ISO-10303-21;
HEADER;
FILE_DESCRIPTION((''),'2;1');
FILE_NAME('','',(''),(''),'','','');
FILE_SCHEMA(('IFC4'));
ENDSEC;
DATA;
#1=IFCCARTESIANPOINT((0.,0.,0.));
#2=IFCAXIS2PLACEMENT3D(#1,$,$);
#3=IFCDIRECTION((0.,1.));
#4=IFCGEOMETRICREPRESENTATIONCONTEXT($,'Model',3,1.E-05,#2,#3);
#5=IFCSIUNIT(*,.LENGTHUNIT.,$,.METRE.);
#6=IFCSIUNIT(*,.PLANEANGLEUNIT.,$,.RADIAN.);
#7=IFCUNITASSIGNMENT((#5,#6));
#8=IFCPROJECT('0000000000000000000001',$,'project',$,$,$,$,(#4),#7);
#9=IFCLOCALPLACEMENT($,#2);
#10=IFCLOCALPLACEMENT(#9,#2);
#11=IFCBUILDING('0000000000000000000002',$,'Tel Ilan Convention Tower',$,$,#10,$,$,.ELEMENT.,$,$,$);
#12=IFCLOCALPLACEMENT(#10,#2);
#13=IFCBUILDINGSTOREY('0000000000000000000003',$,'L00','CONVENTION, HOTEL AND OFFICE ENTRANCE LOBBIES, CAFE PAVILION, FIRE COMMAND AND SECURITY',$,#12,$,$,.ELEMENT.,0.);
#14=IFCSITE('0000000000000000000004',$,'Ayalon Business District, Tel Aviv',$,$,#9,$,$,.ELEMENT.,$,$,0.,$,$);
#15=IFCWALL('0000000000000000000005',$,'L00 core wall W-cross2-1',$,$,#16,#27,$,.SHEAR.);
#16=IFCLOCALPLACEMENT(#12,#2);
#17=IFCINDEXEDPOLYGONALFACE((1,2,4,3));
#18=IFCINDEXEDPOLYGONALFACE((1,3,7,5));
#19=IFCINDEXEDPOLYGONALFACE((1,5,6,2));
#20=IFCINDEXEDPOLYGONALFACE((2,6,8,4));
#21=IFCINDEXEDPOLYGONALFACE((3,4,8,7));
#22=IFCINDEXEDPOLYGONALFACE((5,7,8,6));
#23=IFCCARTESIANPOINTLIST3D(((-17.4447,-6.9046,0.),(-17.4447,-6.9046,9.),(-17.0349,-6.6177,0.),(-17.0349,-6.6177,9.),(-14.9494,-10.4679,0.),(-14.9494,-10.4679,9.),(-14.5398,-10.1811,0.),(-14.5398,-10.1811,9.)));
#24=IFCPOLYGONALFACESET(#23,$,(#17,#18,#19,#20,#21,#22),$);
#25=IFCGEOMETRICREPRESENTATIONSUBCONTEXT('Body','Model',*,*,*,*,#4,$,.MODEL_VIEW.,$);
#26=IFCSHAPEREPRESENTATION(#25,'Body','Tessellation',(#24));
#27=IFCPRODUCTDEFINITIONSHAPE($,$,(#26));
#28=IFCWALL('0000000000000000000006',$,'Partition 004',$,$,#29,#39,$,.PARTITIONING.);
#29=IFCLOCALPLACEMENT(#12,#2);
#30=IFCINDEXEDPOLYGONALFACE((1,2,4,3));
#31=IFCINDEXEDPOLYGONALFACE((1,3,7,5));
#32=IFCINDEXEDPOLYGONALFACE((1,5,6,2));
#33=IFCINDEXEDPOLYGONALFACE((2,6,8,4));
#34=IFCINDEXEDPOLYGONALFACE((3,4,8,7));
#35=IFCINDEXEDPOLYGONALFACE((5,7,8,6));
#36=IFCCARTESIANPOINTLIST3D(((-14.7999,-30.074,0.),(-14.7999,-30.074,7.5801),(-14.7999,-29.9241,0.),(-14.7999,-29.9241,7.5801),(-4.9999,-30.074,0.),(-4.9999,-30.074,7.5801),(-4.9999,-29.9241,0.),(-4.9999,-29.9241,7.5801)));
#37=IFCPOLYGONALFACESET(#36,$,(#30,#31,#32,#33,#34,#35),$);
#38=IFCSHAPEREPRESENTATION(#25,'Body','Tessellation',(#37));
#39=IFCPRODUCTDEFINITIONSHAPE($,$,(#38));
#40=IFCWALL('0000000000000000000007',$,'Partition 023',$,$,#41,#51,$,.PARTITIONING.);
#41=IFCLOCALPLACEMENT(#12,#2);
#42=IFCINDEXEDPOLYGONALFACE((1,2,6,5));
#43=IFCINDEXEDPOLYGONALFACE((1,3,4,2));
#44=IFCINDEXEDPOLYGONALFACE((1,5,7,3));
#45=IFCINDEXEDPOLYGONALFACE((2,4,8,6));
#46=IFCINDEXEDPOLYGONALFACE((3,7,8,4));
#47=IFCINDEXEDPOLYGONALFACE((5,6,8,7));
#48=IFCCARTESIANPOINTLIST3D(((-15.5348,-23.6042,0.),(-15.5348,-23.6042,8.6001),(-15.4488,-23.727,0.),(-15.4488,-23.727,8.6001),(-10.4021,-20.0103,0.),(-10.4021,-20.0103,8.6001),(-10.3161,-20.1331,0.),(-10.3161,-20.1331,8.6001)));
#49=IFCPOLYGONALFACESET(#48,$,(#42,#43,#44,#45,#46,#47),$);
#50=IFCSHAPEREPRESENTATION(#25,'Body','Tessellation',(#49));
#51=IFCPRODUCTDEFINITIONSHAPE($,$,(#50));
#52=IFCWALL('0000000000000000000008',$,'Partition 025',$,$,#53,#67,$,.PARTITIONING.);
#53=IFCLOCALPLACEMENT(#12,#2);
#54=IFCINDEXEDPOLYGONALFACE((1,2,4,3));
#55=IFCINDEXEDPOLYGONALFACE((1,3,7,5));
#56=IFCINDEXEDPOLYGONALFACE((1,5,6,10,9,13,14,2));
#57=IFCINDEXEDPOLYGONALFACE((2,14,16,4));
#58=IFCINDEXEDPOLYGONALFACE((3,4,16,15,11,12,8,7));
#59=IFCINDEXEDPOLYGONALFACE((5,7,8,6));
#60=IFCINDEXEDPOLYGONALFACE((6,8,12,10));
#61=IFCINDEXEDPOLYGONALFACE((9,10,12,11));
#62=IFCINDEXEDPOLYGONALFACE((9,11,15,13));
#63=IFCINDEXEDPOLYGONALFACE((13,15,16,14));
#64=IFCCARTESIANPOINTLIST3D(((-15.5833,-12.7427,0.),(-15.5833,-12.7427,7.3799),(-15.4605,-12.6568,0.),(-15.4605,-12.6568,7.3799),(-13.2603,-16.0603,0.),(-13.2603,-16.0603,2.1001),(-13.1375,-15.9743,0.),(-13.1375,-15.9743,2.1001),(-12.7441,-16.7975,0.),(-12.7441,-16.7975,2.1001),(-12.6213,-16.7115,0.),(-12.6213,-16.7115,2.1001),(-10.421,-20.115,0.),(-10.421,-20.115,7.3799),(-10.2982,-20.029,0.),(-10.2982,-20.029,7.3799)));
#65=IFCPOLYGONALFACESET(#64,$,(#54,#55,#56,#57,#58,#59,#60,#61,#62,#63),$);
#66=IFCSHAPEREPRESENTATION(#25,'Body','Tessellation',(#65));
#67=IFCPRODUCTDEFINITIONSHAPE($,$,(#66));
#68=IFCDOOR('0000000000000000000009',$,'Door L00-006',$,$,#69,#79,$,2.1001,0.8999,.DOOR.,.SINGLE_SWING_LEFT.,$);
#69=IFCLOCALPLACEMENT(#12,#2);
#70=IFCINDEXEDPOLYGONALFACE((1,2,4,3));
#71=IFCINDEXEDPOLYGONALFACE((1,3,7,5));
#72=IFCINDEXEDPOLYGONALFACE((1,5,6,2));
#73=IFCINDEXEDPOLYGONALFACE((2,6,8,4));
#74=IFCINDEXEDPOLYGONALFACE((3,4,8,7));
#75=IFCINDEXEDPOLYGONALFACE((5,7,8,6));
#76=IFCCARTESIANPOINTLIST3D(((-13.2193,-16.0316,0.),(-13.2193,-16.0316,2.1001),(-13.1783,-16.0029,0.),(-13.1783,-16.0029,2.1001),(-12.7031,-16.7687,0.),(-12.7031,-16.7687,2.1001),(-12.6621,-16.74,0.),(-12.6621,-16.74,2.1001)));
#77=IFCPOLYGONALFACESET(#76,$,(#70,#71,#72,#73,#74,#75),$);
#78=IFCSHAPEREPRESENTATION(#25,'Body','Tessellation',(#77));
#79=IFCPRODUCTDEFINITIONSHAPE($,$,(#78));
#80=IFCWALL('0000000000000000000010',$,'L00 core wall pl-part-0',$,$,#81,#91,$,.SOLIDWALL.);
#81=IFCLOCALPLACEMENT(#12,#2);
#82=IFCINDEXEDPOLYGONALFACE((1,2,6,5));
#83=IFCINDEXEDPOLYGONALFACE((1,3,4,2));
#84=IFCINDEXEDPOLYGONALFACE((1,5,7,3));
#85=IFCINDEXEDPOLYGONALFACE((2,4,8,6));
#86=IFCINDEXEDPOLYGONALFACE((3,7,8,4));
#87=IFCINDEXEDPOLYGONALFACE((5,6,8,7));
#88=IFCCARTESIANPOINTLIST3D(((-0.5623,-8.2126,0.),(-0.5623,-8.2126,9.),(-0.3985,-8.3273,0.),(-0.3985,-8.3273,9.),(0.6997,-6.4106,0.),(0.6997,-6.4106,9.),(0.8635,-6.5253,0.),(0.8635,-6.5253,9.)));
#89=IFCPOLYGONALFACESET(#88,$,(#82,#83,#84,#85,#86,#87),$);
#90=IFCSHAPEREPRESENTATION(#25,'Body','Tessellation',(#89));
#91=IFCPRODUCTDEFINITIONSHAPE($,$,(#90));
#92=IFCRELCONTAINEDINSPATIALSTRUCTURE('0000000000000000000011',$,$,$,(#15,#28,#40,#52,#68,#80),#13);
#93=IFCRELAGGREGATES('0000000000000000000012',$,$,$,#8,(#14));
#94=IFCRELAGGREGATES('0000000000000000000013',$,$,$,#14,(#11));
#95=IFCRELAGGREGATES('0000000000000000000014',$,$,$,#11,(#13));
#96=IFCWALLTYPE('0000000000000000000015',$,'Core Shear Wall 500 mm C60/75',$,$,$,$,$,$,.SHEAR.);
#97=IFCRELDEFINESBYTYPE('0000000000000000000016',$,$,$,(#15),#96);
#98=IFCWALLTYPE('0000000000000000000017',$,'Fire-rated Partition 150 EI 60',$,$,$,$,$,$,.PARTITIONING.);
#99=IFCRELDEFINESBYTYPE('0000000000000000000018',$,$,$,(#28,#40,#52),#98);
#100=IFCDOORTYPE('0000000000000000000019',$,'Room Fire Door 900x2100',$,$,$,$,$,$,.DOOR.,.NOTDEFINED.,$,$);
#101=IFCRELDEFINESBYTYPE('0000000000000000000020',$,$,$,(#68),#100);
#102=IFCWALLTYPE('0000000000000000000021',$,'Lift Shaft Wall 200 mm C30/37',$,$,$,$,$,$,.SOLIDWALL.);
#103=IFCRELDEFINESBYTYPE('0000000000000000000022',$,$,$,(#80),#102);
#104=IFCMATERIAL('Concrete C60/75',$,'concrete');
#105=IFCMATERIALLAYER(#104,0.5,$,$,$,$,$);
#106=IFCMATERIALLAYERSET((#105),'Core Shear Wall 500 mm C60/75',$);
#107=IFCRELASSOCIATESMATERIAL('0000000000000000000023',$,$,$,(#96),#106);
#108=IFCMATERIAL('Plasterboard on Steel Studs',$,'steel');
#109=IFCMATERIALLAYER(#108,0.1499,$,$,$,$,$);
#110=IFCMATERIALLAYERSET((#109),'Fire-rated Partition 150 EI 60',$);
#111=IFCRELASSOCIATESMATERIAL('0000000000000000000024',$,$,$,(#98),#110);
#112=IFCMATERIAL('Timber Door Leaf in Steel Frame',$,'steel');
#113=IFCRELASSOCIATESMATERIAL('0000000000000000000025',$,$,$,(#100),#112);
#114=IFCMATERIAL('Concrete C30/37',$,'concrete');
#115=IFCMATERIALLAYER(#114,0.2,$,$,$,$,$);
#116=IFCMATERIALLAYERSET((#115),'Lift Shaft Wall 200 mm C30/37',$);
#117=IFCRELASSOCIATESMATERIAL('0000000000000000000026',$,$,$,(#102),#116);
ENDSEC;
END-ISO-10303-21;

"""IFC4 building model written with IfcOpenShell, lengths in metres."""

from ifc_helpers import new_model, si_unit, direction, frame, frame_2d, origin, place, context, subcontext, project, spatial, polyline, rectangle, outline, extrude, material, layer, layer_set, type_object, element, fill, save


model = new_model("IFC4")

# Units and contexts
model_context = context("Model", 3, precision=1e-05, world=origin(), true_north=direction((0.0, 1.0)))
body_context = subcontext(model_context, "Body", "Model", "MODEL_VIEW")
ifc_project = project(units=[si_unit("LENGTHUNIT", "METRE"), si_unit("PLANEANGLEUNIT", "RADIAN")], contexts=[model_context])

# Site, building, storey
site_placement = place(None, origin())
site = spatial("IfcSite", under=ifc_project, at=site_placement, Name="Ayalon Business District, Tel Aviv", CompositionType="ELEMENT", RefElevation=0.0)
building_placement = place(site_placement, origin())
building = spatial("IfcBuilding", under=site, at=building_placement, Name="Tel Ilan Convention Tower", CompositionType="ELEMENT")
storey_placement = place(building_placement, origin())
storey = spatial("IfcBuildingStorey", under=building, at=storey_placement, Name="L00", Description="CONVENTION, HOTEL AND OFFICE ENTRANCE LOBBIES, CAFE PAVILION, FIRE COMMAND AND SECURITY", CompositionType="ELEMENT", Elevation=0.0)

# Wall
ifc_material_1 = material(Name="Concrete C60/75", Category="concrete")
ifc_layer_1 = layer(ifc_material_1, 0.5)
ifc_layer_set_1 = layer_set([ifc_layer_1], Name="Core Shear Wall 500 mm C60/75")
wall_type_1 = type_object("IfcWallType", Name="Core Shear Wall 500 mm C60/75", PredefinedType="SHEAR", material=ifc_layer_set_1)
wall_1_placement = place(storey_placement, frame((-14.7446, -10.3245, 0.0), z_axis=(0.0, 0.0, 1.0), x_axis=(-0.573568, 0.819158, 0.0)))
element("IfcWall", 1, at=wall_1_placement, inside=storey, type_object=wall_type_1, Name="L00 core wall W-cross2-1", PredefinedType="SHEAR", context=body_context, shape_type="SweptSolid", body=[
    extrude(outline(polyline([(4.3501, 0.2502), (0.0, 0.25), (0.0, -0.25), (4.3501, -0.25), (4.3501, 0.2502)])), origin(), (0.0, 0.0, 1.0), 9.0),
])

# Walls
ifc_material_2 = material(Name="Plasterboard on Steel Studs", Category="steel")
ifc_layer_2 = layer(ifc_material_2, 0.1499)
ifc_layer_set_2 = layer_set([ifc_layer_2], Name="Fire-rated Partition 150 EI 60")
wall_type_2 = type_object("IfcWallType", Name="Fire-rated Partition 150 EI 60", PredefinedType="PARTITIONING", material=ifc_layer_set_2)
wall_2_placement = place(storey_placement, frame((-5.0, -29.999, 0.0), z_axis=(0.0, 0.0, 1.0), x_axis=(-1.0, 0.0, 0.0)))
element("IfcWall", 2, at=wall_2_placement, inside=storey, type_object=wall_type_2, Name="Partition 004", PredefinedType="PARTITIONING", context=body_context, shape_type="SweptSolid", body=[
    extrude(rectangle(XDim=9.8, YDim=0.1499, at=frame_2d((4.8999, 0.0))), origin(), (0.0, 0.0, 1.0), 7.5801),
])
wall_3_placement = place(storey_placement, frame((-15.4917, -23.6655, 0.0), z_axis=(0.0, 0.0, 1.0), x_axis=(0.819155, 0.573572, 0.0)))
element("IfcWall", 3, at=wall_3_placement, inside=storey, type_object=wall_type_2, Name="Partition 023", PredefinedType="PARTITIONING", context=body_context, shape_type="SweptSolid", body=[
    extrude(rectangle(XDim=6.2659, YDim=0.1499, at=frame_2d((3.1328, 0.0))), origin(), (0.0, 0.0, 1.0), 8.6001),
])

# Wall, opening, door
wall_4_placement = place(storey_placement, frame((-10.3596, -20.072, 0.0), z_axis=(0.0, 0.0, 1.0), x_axis=(-0.573592, 0.819141, 0.0)))
wall_4 = element("IfcWall", 4, at=wall_4_placement, inside=storey, type_object=wall_type_2, Name="Partition 025", PredefinedType="PARTITIONING", context=body_context, shape_type="SweptSolid", body=[
    extrude(rectangle(XDim=9.0, YDim=0.1499, at=frame_2d((4.5, 0.0))), origin(), (0.0, 0.0, 1.0), 7.3799),
])
opening_1_placement = place(wall_4_placement, frame((4.05, 0.0, 0.0)))
opening_1 = element("IfcOpeningElement", 5, at=opening_1_placement, cuts=wall_4, PredefinedType="OPENING", context=body_context, shape_type="SweptSolid", body=[
    extrude(rectangle(XDim=0.8999, YDim=2.1001, at=frame_2d((0.45, 1.05))), frame((0.0, 0.085, 0.0), z_axis=(0.0, -1.0, 0.0), x_axis=(1.0, 0.0, 0.0)), (0.0, 0.0, 1.0), 0.1699),
])
ifc_material_3 = material(Name="Timber Door Leaf in Steel Frame", Category="steel")
door_type_1 = type_object("IfcDoorType", Name="Room Fire Door 900x2100", OperationType="NOTDEFINED", PredefinedType="DOOR", material=ifc_material_3)
door_1_placement = place(opening_1_placement, origin())
door_1 = element("IfcDoor", 6, at=door_1_placement, inside=storey, type_object=door_type_1, Name="Door L00-006", OperationType="SINGLE_SWING_LEFT", OverallHeight=2.1001, OverallWidth=0.8999, PredefinedType="DOOR", context=body_context, shape_type="SweptSolid", body=[
    extrude(rectangle(XDim=0.8999, YDim=2.1001, at=frame_2d((0.45, 1.05))), frame((0.0, 0.0249, 0.0), z_axis=(0.0, -1.0, 0.0), x_axis=(1.0, 0.0, 0.0)), (0.0, 0.0, 1.0), 0.05),
])
fill(opening_1, door_1)

# Wall
ifc_material_4 = material(Name="Concrete C30/37", Category="concrete")
ifc_layer_3 = layer(ifc_material_4, 0.2)
ifc_layer_set_3 = layer_set([ifc_layer_3], Name="Lift Shaft Wall 200 mm C30/37")
wall_type_3 = type_object("IfcWallType", Name="Lift Shaft Wall 200 mm C30/37", PredefinedType="SOLIDWALL", material=ifc_layer_set_3)
wall_5_placement = place(storey_placement, frame((-0.4805, -8.27, 0.0), z_axis=(0.0, 0.0, 1.0), x_axis=(0.573634, 0.819112, 0.0)))
element("IfcWall", 7, at=wall_5_placement, inside=storey, type_object=wall_type_3, Name="L00 core wall pl-part-0", PredefinedType="SOLIDWALL", context=body_context, shape_type="SweptSolid", body=[
    extrude(rectangle(XDim=2.2, YDim=0.2, at=frame_2d((1.1001, 0.0))), origin(), (0.0, 0.0, 1.0), 9.0),
])

save(model, "model.ifc")
